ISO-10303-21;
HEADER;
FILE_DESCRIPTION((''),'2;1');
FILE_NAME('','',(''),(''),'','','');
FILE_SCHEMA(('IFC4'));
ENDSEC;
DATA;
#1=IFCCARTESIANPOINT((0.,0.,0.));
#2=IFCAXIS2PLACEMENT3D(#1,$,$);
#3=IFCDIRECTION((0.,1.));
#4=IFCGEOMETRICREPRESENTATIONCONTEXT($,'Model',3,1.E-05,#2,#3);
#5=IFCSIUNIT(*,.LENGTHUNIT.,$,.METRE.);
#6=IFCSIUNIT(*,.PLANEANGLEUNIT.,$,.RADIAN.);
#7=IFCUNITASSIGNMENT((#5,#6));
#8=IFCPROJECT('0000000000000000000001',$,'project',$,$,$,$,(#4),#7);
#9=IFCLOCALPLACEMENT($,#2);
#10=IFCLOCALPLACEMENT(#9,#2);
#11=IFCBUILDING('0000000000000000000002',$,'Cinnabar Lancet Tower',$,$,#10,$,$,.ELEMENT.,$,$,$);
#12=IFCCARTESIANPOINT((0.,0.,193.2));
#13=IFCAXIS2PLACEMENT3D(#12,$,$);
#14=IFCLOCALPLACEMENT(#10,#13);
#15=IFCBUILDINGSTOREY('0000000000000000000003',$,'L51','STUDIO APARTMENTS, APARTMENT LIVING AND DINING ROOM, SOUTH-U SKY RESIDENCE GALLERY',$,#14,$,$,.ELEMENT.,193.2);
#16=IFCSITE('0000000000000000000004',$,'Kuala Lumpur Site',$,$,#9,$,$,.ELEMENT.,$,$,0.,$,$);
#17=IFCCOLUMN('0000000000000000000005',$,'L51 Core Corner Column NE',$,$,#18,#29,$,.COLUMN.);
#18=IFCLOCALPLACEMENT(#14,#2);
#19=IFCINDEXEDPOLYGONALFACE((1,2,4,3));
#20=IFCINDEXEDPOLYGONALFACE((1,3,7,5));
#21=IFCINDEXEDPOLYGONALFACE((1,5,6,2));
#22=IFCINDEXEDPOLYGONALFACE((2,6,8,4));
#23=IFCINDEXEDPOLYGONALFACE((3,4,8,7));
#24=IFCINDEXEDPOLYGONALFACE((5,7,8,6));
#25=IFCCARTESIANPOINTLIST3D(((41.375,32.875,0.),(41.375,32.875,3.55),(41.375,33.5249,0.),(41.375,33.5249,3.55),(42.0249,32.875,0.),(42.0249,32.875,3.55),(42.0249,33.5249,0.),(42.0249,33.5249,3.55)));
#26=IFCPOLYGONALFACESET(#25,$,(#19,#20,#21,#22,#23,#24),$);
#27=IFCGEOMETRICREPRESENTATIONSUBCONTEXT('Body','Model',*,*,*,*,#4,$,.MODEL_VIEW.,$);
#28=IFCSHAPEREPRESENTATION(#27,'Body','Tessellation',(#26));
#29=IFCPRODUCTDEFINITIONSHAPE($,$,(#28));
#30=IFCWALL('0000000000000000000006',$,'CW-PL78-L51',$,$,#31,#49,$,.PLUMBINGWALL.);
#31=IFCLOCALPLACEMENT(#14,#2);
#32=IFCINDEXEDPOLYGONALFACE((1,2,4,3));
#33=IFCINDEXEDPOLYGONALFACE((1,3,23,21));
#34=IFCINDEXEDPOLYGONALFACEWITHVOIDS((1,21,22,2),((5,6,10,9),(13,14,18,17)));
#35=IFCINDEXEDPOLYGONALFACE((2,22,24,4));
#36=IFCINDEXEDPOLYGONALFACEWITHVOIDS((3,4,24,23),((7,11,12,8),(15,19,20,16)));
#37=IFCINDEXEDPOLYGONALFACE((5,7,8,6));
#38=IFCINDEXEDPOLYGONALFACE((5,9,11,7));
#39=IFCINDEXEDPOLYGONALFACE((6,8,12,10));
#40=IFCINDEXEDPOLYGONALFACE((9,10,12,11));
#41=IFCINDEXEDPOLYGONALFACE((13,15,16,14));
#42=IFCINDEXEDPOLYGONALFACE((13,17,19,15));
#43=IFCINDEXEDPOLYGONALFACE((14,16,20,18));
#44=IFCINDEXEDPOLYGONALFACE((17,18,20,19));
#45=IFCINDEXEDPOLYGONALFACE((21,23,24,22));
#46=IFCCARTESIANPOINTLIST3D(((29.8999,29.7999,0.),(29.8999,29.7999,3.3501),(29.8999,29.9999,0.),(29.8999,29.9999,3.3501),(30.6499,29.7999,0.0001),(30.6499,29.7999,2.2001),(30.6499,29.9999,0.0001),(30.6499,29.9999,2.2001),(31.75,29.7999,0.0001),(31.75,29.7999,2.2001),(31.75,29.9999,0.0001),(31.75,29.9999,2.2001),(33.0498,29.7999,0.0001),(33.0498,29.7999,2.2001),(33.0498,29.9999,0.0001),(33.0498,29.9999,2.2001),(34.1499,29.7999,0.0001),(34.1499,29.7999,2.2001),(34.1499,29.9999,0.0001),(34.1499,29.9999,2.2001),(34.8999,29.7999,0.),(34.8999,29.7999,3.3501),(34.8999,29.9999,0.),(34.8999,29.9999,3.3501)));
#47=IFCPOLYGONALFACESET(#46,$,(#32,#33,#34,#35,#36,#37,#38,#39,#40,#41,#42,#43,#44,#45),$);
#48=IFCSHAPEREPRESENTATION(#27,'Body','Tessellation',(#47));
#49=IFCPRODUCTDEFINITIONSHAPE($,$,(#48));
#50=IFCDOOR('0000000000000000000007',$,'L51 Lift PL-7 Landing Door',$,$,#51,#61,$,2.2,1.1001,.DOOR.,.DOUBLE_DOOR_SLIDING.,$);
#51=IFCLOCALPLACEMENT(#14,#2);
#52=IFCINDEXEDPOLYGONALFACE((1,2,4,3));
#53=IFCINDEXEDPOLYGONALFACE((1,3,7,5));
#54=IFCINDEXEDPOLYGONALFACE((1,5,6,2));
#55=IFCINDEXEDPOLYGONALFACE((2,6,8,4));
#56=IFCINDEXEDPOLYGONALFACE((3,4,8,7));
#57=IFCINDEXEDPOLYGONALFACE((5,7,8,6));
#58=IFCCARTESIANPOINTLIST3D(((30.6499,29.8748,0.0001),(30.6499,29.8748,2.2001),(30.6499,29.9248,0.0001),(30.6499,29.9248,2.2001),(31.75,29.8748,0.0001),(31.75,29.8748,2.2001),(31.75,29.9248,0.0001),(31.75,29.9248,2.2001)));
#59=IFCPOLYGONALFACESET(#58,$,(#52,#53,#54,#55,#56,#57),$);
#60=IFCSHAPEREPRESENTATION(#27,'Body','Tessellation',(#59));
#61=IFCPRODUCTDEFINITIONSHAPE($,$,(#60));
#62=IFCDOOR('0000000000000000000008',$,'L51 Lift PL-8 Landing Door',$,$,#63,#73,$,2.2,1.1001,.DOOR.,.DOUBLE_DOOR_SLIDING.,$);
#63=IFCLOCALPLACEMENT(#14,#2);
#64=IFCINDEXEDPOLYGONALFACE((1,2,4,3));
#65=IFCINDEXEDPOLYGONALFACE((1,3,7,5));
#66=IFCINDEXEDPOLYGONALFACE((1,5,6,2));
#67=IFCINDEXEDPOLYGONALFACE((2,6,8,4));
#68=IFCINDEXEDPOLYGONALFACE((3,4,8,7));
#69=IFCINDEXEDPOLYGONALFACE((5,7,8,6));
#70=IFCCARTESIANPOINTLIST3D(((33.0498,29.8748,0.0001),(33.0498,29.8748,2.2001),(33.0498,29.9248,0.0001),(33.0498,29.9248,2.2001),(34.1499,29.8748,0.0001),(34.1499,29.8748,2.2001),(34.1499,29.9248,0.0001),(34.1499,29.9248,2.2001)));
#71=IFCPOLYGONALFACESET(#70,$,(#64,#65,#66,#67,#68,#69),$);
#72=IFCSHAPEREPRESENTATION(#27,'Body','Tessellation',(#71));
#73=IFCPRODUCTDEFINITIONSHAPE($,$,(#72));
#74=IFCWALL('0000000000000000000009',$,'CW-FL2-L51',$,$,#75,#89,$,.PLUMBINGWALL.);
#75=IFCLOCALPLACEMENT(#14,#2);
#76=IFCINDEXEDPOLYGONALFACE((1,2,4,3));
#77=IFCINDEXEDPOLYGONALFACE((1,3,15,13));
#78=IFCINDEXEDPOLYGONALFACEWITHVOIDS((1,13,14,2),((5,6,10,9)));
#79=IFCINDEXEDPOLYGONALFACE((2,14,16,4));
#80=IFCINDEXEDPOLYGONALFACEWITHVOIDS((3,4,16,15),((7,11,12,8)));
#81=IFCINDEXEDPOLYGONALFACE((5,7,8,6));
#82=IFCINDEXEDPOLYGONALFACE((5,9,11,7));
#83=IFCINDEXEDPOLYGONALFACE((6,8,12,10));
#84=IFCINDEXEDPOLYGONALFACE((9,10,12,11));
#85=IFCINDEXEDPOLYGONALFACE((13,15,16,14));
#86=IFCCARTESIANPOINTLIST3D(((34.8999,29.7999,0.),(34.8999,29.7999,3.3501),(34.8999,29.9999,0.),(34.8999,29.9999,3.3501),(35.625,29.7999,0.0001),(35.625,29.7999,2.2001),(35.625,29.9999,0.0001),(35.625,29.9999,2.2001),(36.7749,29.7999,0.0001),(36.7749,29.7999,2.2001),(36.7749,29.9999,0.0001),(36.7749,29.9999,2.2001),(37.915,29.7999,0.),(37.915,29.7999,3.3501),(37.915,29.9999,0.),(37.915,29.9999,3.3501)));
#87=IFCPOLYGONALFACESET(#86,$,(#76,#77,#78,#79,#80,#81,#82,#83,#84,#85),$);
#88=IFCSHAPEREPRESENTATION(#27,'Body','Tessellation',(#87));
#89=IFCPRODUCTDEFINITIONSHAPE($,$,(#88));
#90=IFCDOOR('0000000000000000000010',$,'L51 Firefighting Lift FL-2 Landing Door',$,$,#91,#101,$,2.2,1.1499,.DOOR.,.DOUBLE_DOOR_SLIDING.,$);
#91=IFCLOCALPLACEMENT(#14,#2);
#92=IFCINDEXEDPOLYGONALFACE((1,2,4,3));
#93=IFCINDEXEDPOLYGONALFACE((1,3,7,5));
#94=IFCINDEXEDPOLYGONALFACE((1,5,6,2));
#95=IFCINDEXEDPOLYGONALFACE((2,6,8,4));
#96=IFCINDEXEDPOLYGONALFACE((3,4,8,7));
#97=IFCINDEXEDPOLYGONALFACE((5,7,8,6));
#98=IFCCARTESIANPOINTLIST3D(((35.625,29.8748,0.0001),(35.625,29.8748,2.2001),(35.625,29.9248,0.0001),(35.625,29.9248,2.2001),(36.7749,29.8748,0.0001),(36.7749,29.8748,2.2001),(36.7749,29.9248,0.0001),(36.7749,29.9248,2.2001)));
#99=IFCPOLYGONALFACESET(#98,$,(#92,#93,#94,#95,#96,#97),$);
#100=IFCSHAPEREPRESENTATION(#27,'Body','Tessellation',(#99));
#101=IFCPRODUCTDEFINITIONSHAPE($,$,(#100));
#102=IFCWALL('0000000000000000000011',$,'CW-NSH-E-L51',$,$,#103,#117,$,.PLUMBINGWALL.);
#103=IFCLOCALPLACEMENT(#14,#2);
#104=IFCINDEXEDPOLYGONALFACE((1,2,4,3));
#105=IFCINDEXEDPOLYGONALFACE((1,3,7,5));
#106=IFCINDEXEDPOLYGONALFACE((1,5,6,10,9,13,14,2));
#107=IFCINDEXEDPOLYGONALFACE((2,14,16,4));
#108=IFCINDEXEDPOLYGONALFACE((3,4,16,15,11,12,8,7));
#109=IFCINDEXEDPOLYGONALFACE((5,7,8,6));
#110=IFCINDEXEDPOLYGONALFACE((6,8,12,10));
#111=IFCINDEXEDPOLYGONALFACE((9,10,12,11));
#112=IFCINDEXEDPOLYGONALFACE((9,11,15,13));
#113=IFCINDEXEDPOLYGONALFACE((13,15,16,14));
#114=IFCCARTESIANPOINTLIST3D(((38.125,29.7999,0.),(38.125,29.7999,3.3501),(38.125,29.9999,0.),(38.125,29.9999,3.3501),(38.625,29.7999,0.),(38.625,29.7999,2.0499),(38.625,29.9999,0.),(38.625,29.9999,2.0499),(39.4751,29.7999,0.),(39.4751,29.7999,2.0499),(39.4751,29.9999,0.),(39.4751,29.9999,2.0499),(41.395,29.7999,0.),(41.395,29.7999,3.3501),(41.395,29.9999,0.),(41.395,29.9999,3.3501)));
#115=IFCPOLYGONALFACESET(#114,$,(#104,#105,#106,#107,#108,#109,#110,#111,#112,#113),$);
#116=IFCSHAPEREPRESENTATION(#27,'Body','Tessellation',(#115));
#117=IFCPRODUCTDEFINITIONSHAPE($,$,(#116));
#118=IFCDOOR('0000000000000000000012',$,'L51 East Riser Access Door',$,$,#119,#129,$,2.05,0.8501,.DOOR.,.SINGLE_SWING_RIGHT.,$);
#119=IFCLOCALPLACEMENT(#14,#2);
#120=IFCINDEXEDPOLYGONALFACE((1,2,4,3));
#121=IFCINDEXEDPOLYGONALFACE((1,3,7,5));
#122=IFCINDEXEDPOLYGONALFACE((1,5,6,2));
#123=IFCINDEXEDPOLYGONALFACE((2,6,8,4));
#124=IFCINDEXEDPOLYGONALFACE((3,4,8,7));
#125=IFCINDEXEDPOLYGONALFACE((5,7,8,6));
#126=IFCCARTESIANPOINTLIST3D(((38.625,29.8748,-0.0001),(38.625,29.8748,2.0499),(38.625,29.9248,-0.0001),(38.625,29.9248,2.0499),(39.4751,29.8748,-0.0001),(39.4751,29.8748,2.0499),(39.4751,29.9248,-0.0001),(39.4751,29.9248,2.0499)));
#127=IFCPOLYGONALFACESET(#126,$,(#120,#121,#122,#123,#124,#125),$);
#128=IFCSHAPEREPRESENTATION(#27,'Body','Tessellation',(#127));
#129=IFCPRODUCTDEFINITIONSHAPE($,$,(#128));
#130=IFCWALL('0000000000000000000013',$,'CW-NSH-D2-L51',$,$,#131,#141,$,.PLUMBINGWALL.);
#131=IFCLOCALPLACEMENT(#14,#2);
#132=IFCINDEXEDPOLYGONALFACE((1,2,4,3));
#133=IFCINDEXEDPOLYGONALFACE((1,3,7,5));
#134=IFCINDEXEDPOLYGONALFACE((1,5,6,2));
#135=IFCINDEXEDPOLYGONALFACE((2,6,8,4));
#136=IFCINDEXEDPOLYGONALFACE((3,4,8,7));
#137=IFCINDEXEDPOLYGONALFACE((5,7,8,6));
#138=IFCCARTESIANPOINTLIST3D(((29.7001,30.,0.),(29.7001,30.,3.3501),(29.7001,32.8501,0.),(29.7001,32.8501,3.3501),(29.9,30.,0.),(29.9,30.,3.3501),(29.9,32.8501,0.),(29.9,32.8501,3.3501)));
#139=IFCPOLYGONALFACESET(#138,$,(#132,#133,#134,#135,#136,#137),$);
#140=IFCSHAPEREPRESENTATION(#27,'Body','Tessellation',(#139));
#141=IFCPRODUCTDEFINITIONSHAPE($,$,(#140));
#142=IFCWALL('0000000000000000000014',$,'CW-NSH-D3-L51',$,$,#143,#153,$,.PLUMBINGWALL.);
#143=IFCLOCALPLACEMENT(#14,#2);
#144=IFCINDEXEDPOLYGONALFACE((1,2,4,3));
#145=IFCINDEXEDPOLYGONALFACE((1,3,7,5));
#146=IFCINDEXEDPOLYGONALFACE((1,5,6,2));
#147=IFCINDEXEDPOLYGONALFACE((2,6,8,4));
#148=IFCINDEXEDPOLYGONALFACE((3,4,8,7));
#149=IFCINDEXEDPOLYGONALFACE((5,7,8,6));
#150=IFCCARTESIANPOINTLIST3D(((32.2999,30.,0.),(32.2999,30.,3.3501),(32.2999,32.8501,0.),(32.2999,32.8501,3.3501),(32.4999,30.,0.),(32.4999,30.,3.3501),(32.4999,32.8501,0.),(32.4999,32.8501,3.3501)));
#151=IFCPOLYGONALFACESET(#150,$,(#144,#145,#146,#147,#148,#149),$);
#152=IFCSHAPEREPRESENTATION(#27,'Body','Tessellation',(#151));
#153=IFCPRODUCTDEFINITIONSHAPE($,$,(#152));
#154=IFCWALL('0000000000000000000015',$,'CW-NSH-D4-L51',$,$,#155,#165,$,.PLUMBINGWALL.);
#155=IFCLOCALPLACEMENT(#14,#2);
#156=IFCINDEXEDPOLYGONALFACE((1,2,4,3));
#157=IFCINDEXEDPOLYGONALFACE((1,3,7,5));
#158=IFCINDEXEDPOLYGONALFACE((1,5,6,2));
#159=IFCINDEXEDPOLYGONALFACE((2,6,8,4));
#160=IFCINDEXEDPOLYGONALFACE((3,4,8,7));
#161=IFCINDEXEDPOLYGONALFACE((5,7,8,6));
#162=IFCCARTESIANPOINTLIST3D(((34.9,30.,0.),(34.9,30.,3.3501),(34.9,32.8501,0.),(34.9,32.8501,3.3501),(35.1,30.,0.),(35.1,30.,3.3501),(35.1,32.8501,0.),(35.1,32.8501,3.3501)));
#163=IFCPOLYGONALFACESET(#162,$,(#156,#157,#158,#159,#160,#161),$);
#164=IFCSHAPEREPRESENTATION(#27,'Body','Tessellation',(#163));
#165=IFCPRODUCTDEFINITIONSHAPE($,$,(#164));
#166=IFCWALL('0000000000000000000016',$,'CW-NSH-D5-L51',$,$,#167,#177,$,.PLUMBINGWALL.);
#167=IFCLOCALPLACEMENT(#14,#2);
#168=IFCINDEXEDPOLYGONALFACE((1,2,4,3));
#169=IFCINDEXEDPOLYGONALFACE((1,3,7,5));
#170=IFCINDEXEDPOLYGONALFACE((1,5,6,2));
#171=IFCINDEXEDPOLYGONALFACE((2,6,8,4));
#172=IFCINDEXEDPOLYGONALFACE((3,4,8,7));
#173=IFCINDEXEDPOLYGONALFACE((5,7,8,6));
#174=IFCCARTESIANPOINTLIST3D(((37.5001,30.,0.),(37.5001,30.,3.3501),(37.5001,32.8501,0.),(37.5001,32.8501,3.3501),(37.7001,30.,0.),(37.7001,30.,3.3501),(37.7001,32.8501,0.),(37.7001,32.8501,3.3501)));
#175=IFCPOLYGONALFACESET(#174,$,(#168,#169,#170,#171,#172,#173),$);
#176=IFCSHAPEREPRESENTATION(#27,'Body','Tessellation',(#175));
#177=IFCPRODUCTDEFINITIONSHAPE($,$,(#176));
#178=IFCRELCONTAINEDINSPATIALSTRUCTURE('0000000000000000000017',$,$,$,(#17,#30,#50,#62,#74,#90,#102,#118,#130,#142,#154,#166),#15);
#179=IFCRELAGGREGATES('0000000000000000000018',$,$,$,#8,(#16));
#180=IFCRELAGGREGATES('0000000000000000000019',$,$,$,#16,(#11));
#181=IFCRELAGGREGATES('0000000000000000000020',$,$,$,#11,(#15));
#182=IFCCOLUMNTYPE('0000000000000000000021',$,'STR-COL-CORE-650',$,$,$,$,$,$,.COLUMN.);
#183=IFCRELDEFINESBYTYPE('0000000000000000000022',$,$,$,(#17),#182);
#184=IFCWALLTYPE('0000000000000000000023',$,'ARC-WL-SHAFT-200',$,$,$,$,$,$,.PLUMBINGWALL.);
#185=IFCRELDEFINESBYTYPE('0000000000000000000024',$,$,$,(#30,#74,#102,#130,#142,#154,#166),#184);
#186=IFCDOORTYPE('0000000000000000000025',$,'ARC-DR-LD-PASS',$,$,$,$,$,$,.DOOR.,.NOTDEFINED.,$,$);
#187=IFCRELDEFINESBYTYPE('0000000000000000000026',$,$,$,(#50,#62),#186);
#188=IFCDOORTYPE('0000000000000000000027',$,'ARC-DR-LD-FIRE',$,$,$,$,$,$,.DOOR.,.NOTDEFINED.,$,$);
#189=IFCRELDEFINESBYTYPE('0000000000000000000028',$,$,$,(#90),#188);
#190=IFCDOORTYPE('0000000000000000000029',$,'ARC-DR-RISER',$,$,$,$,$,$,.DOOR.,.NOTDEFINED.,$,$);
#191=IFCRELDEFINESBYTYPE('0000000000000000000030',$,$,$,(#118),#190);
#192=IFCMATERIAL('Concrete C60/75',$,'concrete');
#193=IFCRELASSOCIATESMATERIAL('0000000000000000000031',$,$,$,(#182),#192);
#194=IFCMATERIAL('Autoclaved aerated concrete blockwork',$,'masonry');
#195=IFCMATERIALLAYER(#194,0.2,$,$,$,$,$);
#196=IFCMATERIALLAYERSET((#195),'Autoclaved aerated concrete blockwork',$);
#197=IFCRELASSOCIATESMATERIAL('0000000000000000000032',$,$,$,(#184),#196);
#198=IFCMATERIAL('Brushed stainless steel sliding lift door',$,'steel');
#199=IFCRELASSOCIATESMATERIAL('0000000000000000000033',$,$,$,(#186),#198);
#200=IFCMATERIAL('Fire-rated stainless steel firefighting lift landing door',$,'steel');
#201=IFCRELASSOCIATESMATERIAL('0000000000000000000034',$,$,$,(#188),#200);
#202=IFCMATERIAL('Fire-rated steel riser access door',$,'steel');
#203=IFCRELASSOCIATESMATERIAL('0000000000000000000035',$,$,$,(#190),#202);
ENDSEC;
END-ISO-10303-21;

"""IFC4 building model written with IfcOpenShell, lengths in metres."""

from ifc_helpers import new_model, si_unit, direction, frame, frame_2d, origin, origin_2d, place, context, subcontext, project, spatial, rectangle, extrude, material, layer, layer_set, material_profile, profile_set, type_object, element, fill, save


model = new_model("IFC4")

# Units and contexts
model_context = context("Model", 3, precision=1e-05, world=origin(), true_north=direction((0.0, 1.0)))
body_context = subcontext(model_context, "Body", "Model", "MODEL_VIEW")
ifc_project = project(units=[si_unit("LENGTHUNIT", "METRE"), si_unit("PLANEANGLEUNIT", "RADIAN")], contexts=[model_context])

# Site, building, storey
site_placement = place(None, origin())
site = spatial("IfcSite", under=ifc_project, at=site_placement, Name="Kuala Lumpur Site", CompositionType="ELEMENT", RefElevation=0.0)
building_placement = place(site_placement, origin())
building = spatial("IfcBuilding", under=site, at=building_placement, Name="Cinnabar Lancet Tower", CompositionType="ELEMENT")
storey_placement = place(building_placement, frame((0.0, 0.0, 193.2)))
storey = spatial("IfcBuildingStorey", under=building, at=storey_placement, Name="L51", Description="STUDIO APARTMENTS, APARTMENT LIVING AND DINING ROOM, SOUTH-U SKY RESIDENCE GALLERY", CompositionType="ELEMENT", Elevation=193.2)

# Column
ifc_material_1 = material(Name="Concrete C60/75", Category="concrete")
ifc_material_profile = material_profile(ifc_material_1, rectangle(XDim=0.6499, YDim=0.6499, at=origin_2d()), Name="RC-COL 650x650")
ifc_profile_set = profile_set([ifc_material_profile], Name="Concrete C60/75")
column_type = type_object("IfcColumnType", Name="STR-COL-CORE-650", PredefinedType="COLUMN", material=ifc_profile_set)
column_placement = place(storey_placement, frame((41.7, 33.2, 0.0), z_axis=(0.0, 0.0, 1.0), x_axis=(1.0, 0.0, 0.0)))
element("IfcColumn", 1, at=column_placement, inside=storey, type_object=column_type, Name="L51 Core Corner Column NE", PredefinedType="COLUMN", context=body_context, shape_type="SweptSolid", body=[
    extrude(rectangle(XDim=0.6499, YDim=0.6499, at=origin_2d()), origin(), (0.0, 0.0, 1.0), 3.55),
])

# Wall, openings, doors
ifc_material_2 = material(Name="Autoclaved aerated concrete blockwork", Category="masonry")
ifc_layer = layer(ifc_material_2, 0.2)
ifc_layer_set = layer_set([ifc_layer], Name="Autoclaved aerated concrete blockwork")
wall_type = type_object("IfcWallType", Name="ARC-WL-SHAFT-200", PredefinedType="PLUMBINGWALL", material=ifc_layer_set)
wall_1_placement = place(storey_placement, frame((29.8999, 29.8999, 0.0), z_axis=(0.0, 0.0, 1.0), x_axis=(1.0, 0.0, 0.0)))
wall_1 = element("IfcWall", 2, at=wall_1_placement, inside=storey, type_object=wall_type, Name="CW-PL78-L51", PredefinedType="PLUMBINGWALL", context=body_context, shape_type="SweptSolid", body=[
    extrude(rectangle(XDim=5.0, YDim=0.2, at=frame_2d((2.5, 0.0))), origin(), (0.0, 0.0, 1.0), 3.3501),
])
opening_1_placement = place(wall_1_placement, frame((0.75, 0.0, 0.0)))
opening_1 = element("IfcOpeningElement", 3, at=opening_1_placement, cuts=wall_1, PredefinedType="OPENING", context=body_context, shape_type="SweptSolid", body=[
    extrude(rectangle(XDim=1.1001, YDim=2.2, at=frame_2d((0.55, 1.1001))), frame((0.0, 0.1099, 0.0), z_axis=(0.0, -1.0, 0.0), x_axis=(1.0, 0.0, 0.0)), (0.0, 0.0, 1.0), 0.22),
])
opening_2_placement = place(wall_1_placement, frame((3.1499, 0.0, 0.0)))
opening_2 = element("IfcOpeningElement", 4, at=opening_2_placement, cuts=wall_1, PredefinedType="OPENING", context=body_context, shape_type="SweptSolid", body=[
    extrude(rectangle(XDim=1.1001, YDim=2.2, at=frame_2d((0.55, 1.1001))), frame((0.0, 0.1099, 0.0), z_axis=(0.0, -1.0, 0.0), x_axis=(1.0, 0.0, 0.0)), (0.0, 0.0, 1.0), 0.22),
])
ifc_material_3 = material(Name="Brushed stainless steel sliding lift door", Category="steel")
door_type_1 = type_object("IfcDoorType", Name="ARC-DR-LD-PASS", OperationType="NOTDEFINED", PredefinedType="DOOR", material=ifc_material_3)
door_1_placement = place(opening_1_placement, origin())
door_1 = element("IfcDoor", 5, at=door_1_placement, inside=storey, type_object=door_type_1, Name="L51 Lift PL-7 Landing Door", OperationType="DOUBLE_DOOR_SLIDING", OverallHeight=2.2, OverallWidth=1.1001, PredefinedType="DOOR", context=body_context, shape_type="SweptSolid", body=[
    extrude(rectangle(XDim=1.1001, YDim=2.2, at=frame_2d((0.55, 1.1001))), frame((0.0, 0.0249, 0.0), z_axis=(0.0, -1.0, 0.0), x_axis=(1.0, 0.0, 0.0)), (0.0, 0.0, 1.0), 0.05),
])
fill(opening_1, door_1)
door_2_placement = place(opening_2_placement, origin())
door_2 = element("IfcDoor", 6, at=door_2_placement, inside=storey, type_object=door_type_1, Name="L51 Lift PL-8 Landing Door", OperationType="DOUBLE_DOOR_SLIDING", OverallHeight=2.2, OverallWidth=1.1001, PredefinedType="DOOR", context=body_context, shape_type="SweptSolid", body=[
    extrude(rectangle(XDim=1.1001, YDim=2.2, at=frame_2d((0.55, 1.1001))), frame((0.0, 0.0249, 0.0), z_axis=(0.0, -1.0, 0.0), x_axis=(1.0, 0.0, 0.0)), (0.0, 0.0, 1.0), 0.05),
])
fill(opening_2, door_2)

# Walls, openings, doors
wall_2_placement = place(storey_placement, frame((34.8999, 29.8999, 0.0), z_axis=(0.0, 0.0, 1.0), x_axis=(1.0, 0.0, 0.0)))
wall_2 = element("IfcWall", 7, at=wall_2_placement, inside=storey, type_object=wall_type, Name="CW-FL2-L51", PredefinedType="PLUMBINGWALL", context=body_context, shape_type="SweptSolid", body=[
    extrude(rectangle(XDim=3.0151, YDim=0.2, at=frame_2d((1.5076, 0.0))), origin(), (0.0, 0.0, 1.0), 3.3501),
])
opening_3_placement = place(wall_2_placement, frame((0.7251, 0.0, 0.0)))
opening_3 = element("IfcOpeningElement", 8, at=opening_3_placement, cuts=wall_2, PredefinedType="OPENING", context=body_context, shape_type="SweptSolid", body=[
    extrude(rectangle(XDim=1.1499, YDim=2.2, at=frame_2d((0.575, 1.1001))), frame((0.0, 0.1099, 0.0), z_axis=(0.0, -1.0, 0.0), x_axis=(1.0, 0.0, 0.0)), (0.0, 0.0, 1.0), 0.22),
])
ifc_material_4 = material(Name="Fire-rated stainless steel firefighting lift landing door", Category="steel")
door_type_2 = type_object("IfcDoorType", Name="ARC-DR-LD-FIRE", OperationType="NOTDEFINED", PredefinedType="DOOR", material=ifc_material_4)
door_3_placement = place(opening_3_placement, origin())
door_3 = element("IfcDoor", 9, at=door_3_placement, inside=storey, type_object=door_type_2, Name="L51 Firefighting Lift FL-2 Landing Door", OperationType="DOUBLE_DOOR_SLIDING", OverallHeight=2.2, OverallWidth=1.1499, PredefinedType="DOOR", context=body_context, shape_type="SweptSolid", body=[
    extrude(rectangle(XDim=1.1499, YDim=2.2, at=frame_2d((0.575, 1.1001))), frame((0.0, 0.0249, 0.0), z_axis=(0.0, -1.0, 0.0), x_axis=(1.0, 0.0, 0.0)), (0.0, 0.0, 1.0), 0.05),
])
fill(opening_3, door_3)
wall_3_placement = place(storey_placement, frame((38.125, 29.8999, 0.0), z_axis=(0.0, 0.0, 1.0), x_axis=(1.0, 0.0, 0.0)))
wall_3 = element("IfcWall", 10, at=wall_3_placement, inside=storey, type_object=wall_type, Name="CW-NSH-E-L51", PredefinedType="PLUMBINGWALL", context=body_context, shape_type="SweptSolid", body=[
    extrude(rectangle(XDim=3.27, YDim=0.2, at=frame_2d((1.635, 0.0))), origin(), (0.0, 0.0, 1.0), 3.3501),
])
opening_4_placement = place(wall_3_placement, frame((0.5, 0.0, 0.0)))
opening_4 = element("IfcOpeningElement", 11, at=opening_4_placement, cuts=wall_3, PredefinedType="OPENING", context=body_context, shape_type="SweptSolid", body=[
    extrude(rectangle(XDim=0.8501, YDim=2.05, at=frame_2d((0.425, 1.0249))), frame((0.0, 0.1099, 0.0), z_axis=(0.0, -1.0, 0.0), x_axis=(1.0, 0.0, 0.0)), (0.0, 0.0, 1.0), 0.22),
])
ifc_material_5 = material(Name="Fire-rated steel riser access door", Category="steel")
door_type_3 = type_object("IfcDoorType", Name="ARC-DR-RISER", OperationType="NOTDEFINED", PredefinedType="DOOR", material=ifc_material_5)
door_4_placement = place(opening_4_placement, origin())
door_4 = element("IfcDoor", 12, at=door_4_placement, inside=storey, type_object=door_type_3, Name="L51 East Riser Access Door", OperationType="SINGLE_SWING_RIGHT", OverallHeight=2.05, OverallWidth=0.8501, PredefinedType="DOOR", context=body_context, shape_type="SweptSolid", body=[
    extrude(rectangle(XDim=0.8501, YDim=2.05, at=frame_2d((0.425, 1.0249))), frame((0.0, 0.0249, 0.0), z_axis=(0.0, -1.0, 0.0), x_axis=(1.0, 0.0, 0.0)), (0.0, 0.0, 1.0), 0.05),
])
fill(opening_4, door_4)

# Walls
for number, where, z_axis, x_axis, name in (
    (13, (29.8, 30.0, 0.0), (0.0, 0.0, 1.0), (0.0, 1.0, 0.0), "CW-NSH-D2-L51"),
    (14, (32.3999, 30.0, 0.0), (0.0, 0.0, 1.0), (0.0, 1.0, 0.0), "CW-NSH-D3-L51"),
    (15, (35.0, 30.0, 0.0), (0.0, 0.0, 1.0), (0.0, 1.0, 0.0), "CW-NSH-D4-L51"),
    (16, (37.6001, 30.0, 0.0), (0.0, 0.0, 1.0), (0.0, 1.0, 0.0), "CW-NSH-D5-L51"),
):
    element("IfcWall", number, at=place(storey_placement, frame(where, z_axis=z_axis, x_axis=x_axis)), inside=storey, type_object=wall_type, Name=name, PredefinedType="PLUMBINGWALL", context=body_context, shape_type="SweptSolid", body=[
        extrude(rectangle(XDim=2.8501, YDim=0.2, at=frame_2d((1.425, 0.0))), origin(), (0.0, 0.0, 1.0), 3.3501),
    ])

save(model, "model.ifc")
